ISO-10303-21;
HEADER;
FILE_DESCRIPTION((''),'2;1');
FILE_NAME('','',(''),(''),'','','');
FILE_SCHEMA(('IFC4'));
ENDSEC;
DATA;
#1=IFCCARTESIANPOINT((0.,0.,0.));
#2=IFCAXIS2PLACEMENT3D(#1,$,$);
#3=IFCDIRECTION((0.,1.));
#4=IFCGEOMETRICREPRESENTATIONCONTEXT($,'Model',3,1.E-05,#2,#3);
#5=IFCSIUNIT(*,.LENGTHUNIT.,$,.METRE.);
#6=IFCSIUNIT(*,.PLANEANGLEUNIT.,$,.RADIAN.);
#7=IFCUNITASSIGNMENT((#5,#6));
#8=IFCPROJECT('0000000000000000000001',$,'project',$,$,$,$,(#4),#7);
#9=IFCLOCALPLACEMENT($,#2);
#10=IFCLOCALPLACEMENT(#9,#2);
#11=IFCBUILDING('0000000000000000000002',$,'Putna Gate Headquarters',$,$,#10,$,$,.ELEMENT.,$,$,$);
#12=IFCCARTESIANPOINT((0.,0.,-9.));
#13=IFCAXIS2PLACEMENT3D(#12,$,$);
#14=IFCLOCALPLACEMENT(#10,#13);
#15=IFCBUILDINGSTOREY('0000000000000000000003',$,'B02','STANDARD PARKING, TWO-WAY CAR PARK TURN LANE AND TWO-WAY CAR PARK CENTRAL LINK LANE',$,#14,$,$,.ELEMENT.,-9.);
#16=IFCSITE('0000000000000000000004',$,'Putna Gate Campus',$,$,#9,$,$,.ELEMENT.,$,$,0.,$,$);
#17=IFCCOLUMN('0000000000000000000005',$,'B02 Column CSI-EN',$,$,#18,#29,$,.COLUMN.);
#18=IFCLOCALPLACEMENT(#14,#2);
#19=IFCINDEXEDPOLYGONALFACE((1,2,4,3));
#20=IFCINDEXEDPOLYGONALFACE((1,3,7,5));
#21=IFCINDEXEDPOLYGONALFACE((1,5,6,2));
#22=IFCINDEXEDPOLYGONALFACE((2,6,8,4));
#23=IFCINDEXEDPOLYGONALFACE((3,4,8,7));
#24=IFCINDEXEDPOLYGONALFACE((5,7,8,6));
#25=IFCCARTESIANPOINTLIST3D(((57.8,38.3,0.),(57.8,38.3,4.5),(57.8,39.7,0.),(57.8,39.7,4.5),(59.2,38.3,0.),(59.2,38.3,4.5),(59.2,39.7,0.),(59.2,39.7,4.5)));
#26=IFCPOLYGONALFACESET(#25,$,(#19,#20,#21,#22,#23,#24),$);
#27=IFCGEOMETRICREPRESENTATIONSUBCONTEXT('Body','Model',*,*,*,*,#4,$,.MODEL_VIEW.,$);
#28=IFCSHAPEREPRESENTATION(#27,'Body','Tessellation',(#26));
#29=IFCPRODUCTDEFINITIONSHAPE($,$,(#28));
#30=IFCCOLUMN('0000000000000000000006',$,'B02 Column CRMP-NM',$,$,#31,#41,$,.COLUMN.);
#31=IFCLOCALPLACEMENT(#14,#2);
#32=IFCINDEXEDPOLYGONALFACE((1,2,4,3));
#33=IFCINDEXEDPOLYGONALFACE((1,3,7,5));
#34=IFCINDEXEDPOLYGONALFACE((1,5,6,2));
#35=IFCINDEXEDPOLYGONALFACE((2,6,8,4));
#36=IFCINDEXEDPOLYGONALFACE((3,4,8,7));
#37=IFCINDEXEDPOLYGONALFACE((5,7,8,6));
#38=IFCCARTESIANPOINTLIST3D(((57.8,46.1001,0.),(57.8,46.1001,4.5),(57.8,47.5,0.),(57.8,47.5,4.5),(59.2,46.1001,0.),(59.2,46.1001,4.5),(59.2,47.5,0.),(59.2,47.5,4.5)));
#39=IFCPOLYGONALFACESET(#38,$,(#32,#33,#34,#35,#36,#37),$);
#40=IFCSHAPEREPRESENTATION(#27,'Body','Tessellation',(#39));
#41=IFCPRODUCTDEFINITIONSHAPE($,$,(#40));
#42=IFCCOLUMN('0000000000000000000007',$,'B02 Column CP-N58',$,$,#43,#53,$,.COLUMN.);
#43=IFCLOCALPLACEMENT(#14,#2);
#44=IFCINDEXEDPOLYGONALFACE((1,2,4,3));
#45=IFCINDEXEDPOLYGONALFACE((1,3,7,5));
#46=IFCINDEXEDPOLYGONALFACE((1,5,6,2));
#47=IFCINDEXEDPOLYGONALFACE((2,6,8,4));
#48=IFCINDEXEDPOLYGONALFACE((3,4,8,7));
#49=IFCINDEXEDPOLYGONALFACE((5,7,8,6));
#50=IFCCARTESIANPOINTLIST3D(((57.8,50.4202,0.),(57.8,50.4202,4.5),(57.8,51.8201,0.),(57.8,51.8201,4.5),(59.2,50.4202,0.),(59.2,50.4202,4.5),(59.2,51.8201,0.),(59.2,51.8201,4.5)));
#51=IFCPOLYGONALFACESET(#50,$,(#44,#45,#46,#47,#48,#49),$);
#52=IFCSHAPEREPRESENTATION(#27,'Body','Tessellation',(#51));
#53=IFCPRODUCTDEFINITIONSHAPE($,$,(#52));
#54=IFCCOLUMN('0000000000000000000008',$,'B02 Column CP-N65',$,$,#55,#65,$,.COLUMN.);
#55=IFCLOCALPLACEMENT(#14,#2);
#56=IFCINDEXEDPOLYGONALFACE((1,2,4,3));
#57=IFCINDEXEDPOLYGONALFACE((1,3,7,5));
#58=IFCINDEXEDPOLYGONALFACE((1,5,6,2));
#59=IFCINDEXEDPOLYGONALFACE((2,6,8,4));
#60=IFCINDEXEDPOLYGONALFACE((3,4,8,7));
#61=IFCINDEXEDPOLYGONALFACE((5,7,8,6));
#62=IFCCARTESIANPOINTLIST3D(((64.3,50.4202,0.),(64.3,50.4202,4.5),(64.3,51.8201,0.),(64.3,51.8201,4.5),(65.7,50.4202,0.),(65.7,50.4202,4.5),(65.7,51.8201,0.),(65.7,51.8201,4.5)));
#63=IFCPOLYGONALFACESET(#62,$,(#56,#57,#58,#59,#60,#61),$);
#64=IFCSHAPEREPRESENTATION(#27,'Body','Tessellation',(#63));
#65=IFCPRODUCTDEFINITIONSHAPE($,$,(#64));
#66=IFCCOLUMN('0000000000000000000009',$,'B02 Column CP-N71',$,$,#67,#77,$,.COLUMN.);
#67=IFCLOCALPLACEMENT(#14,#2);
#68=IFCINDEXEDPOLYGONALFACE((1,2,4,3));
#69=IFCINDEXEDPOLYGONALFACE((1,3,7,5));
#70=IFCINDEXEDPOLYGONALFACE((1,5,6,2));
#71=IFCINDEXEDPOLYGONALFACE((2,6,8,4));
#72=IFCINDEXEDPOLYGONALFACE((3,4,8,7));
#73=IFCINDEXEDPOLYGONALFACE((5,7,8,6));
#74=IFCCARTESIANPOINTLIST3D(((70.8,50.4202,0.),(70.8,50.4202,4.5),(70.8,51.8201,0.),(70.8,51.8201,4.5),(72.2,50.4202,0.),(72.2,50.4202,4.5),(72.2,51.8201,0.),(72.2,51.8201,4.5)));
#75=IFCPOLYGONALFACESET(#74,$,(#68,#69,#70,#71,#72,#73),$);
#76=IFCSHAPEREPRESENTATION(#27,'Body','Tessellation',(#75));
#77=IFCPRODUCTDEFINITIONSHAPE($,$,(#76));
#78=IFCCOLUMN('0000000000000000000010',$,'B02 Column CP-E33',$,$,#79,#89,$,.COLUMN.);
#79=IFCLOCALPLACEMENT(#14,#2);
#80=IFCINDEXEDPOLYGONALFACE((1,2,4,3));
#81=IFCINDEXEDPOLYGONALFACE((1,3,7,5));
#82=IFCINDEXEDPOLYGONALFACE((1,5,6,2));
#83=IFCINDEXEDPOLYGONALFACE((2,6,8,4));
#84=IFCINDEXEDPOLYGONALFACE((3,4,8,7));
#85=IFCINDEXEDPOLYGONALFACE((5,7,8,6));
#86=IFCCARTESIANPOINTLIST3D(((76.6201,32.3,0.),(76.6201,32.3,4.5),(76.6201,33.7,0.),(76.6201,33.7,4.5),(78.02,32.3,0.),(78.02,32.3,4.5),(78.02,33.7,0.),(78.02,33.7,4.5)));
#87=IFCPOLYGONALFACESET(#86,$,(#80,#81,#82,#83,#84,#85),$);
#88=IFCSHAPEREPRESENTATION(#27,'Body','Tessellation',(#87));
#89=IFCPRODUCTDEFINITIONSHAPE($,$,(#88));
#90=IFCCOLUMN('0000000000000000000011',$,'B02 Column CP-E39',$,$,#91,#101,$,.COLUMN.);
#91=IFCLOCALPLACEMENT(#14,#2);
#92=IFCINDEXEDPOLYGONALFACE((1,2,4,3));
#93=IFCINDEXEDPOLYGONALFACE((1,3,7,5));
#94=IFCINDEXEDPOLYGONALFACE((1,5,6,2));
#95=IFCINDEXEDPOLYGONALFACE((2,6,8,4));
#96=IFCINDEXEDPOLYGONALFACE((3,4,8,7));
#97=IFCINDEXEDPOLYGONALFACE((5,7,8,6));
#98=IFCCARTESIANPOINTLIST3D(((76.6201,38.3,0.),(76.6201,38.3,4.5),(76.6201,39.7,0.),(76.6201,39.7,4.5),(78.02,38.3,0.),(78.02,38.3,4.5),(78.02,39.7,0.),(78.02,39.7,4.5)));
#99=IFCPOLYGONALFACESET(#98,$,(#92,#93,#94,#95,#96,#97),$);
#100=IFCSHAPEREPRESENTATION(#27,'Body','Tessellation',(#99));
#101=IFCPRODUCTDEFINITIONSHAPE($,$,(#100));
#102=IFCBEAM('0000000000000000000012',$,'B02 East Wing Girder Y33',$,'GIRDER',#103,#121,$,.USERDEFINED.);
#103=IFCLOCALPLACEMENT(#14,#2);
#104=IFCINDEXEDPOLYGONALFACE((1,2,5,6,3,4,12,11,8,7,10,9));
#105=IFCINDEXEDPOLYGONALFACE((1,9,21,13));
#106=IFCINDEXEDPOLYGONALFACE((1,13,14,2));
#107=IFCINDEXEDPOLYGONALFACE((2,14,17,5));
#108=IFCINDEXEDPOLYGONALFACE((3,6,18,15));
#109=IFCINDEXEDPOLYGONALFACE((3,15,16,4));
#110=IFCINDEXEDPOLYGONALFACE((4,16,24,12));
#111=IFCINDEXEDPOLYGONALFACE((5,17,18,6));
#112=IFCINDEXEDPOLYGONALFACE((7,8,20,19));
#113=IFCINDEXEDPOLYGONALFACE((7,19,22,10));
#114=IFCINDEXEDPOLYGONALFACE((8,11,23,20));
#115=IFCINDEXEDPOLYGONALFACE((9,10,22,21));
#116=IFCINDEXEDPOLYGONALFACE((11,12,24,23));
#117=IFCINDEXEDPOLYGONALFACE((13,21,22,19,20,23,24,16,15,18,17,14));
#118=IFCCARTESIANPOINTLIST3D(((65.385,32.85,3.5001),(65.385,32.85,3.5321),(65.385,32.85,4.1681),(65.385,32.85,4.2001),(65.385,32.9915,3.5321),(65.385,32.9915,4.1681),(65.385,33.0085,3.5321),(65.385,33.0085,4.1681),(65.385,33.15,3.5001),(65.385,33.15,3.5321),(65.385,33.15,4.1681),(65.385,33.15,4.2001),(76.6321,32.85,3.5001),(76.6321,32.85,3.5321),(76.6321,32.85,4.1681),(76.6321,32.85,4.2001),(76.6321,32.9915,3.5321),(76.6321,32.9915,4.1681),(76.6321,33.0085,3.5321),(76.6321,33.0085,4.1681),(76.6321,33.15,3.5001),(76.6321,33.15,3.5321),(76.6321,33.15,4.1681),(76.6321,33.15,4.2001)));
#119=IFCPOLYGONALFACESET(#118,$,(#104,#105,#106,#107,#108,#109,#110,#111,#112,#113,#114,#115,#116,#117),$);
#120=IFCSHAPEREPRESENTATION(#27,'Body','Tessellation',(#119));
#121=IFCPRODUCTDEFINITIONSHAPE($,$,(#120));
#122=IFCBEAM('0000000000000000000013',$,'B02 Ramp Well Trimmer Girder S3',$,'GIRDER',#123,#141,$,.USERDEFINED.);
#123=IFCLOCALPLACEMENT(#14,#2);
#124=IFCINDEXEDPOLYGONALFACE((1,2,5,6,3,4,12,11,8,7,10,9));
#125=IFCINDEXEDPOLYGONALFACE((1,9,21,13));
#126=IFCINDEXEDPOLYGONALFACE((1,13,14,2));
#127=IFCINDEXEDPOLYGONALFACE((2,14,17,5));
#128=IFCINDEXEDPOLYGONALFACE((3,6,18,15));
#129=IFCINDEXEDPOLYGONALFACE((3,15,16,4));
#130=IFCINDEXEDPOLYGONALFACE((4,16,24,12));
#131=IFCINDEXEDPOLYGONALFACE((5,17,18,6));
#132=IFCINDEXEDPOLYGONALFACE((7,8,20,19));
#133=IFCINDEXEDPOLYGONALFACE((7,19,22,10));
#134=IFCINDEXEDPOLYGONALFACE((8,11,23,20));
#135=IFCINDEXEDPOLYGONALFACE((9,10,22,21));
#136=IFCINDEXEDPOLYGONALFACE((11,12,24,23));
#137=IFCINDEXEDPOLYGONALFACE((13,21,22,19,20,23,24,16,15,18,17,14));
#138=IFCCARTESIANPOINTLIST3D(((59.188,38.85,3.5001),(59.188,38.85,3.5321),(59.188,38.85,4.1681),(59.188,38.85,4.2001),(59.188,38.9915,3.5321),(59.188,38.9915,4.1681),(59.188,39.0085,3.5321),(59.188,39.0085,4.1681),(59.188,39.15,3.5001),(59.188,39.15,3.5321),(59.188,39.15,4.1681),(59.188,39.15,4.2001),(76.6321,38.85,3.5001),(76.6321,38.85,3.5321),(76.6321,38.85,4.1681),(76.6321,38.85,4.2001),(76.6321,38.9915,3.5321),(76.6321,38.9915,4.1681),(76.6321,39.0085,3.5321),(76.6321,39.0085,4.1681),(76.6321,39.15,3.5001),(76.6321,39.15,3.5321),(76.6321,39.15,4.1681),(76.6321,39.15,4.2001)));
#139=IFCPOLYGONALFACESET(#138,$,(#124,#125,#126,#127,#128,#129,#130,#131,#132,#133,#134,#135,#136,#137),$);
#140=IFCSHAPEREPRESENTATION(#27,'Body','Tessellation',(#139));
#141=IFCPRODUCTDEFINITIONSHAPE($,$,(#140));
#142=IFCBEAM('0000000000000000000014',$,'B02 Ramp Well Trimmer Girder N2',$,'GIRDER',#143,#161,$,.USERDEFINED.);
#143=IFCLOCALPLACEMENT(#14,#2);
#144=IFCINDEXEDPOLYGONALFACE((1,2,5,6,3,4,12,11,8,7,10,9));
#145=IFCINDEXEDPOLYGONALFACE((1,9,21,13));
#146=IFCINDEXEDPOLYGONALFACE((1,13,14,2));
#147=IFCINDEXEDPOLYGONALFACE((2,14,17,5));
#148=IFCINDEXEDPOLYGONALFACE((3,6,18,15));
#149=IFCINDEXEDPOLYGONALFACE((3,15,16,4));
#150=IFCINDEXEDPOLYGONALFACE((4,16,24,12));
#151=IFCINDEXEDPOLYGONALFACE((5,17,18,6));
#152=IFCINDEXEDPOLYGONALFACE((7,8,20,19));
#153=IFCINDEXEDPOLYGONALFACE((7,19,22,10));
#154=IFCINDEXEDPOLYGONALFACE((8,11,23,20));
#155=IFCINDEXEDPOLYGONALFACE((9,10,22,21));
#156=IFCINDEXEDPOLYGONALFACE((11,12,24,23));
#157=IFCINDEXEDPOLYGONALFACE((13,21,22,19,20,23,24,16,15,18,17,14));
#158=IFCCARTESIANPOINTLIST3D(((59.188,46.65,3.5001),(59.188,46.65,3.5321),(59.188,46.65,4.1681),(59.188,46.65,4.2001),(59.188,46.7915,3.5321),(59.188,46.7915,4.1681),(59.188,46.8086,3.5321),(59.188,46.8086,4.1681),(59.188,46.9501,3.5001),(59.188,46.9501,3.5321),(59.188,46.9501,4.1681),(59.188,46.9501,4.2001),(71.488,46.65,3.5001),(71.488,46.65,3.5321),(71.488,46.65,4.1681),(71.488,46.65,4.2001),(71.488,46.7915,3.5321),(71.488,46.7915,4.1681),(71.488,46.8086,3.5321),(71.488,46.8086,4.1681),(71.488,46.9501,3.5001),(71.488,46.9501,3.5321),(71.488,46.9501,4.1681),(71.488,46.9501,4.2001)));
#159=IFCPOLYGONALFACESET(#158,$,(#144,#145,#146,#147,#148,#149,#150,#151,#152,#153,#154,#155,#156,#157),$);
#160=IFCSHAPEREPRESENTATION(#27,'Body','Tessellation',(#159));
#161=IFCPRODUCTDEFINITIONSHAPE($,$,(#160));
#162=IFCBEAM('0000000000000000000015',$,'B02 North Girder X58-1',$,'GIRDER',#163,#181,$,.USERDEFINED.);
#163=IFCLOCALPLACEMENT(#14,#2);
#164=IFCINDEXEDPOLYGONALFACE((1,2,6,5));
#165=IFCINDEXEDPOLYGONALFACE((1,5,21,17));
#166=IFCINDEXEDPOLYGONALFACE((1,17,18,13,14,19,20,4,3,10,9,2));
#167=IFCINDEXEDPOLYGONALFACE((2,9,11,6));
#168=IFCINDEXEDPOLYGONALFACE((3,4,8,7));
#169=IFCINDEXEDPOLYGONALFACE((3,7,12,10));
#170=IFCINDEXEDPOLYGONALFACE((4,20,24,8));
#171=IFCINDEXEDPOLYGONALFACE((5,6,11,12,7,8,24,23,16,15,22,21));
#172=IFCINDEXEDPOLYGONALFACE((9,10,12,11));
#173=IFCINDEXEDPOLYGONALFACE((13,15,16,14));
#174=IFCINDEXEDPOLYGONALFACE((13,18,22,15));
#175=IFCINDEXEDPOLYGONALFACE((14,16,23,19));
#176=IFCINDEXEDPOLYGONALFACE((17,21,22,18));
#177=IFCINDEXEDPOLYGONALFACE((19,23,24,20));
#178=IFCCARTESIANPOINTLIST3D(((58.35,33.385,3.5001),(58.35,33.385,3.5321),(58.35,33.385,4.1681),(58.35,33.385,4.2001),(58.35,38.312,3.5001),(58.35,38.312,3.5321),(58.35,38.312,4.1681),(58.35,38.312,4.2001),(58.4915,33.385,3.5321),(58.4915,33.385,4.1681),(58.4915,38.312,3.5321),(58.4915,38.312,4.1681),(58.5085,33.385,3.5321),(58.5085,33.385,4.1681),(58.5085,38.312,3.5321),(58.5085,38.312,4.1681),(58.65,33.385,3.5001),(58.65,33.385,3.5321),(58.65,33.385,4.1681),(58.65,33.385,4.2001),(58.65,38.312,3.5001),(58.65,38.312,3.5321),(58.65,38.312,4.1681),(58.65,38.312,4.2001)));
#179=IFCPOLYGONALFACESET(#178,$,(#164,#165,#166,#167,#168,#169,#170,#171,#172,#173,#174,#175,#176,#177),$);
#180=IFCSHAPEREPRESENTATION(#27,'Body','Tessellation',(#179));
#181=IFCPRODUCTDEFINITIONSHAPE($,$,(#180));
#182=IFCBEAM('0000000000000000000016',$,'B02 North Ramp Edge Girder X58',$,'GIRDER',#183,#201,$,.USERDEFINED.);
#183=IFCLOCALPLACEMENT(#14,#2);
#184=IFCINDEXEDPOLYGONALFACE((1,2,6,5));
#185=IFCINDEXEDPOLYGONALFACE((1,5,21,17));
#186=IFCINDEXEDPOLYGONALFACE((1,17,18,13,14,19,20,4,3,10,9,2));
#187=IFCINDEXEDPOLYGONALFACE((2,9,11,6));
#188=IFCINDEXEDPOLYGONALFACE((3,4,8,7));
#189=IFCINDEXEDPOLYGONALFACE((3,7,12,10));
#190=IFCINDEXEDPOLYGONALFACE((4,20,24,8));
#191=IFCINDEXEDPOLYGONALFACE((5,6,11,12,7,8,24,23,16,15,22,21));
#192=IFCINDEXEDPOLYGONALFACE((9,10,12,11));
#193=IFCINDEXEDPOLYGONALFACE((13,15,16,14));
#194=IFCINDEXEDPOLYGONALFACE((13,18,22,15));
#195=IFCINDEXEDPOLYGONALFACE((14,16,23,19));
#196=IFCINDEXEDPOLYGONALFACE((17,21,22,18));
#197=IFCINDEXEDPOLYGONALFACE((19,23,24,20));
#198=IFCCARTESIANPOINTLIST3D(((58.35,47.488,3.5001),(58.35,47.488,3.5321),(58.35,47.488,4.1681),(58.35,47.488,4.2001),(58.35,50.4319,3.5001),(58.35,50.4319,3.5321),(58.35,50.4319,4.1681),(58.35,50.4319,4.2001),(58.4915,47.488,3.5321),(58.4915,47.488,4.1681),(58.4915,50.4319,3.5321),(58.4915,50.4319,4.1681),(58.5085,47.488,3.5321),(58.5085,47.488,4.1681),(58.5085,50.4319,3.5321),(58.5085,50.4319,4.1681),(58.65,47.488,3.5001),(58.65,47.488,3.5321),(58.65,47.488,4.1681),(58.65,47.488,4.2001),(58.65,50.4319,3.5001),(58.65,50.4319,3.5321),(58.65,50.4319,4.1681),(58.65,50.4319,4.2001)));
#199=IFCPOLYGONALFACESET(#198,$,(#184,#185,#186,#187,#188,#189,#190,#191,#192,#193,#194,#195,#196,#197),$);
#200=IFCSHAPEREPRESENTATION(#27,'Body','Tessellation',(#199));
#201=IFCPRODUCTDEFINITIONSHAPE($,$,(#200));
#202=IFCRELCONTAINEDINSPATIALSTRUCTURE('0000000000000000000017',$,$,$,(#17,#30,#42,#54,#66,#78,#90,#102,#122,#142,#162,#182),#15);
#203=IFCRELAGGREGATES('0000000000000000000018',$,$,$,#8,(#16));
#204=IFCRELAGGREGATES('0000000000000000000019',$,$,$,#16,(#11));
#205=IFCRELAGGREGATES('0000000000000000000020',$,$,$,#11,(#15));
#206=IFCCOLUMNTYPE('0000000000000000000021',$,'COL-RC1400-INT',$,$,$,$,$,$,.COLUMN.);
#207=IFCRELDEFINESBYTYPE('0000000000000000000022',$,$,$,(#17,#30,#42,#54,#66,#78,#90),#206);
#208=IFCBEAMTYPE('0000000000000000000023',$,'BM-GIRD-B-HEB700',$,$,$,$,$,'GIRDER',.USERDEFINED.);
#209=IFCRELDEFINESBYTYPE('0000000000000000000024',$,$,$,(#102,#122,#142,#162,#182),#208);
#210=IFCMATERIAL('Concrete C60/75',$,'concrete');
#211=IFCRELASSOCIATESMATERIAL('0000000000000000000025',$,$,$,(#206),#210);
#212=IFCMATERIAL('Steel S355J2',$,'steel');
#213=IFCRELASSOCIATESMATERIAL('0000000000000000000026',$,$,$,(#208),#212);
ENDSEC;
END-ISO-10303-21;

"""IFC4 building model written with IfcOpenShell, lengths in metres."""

from ifc_helpers import new_model, si_unit, direction, frame, origin, origin_2d, place, context, subcontext, project, spatial, rectangle, i_section, extrude, material, material_profile, profile_set, type_object, element, save


model = new_model("IFC4")

# Units and contexts
model_context = context("Model", 3, precision=1e-05, world=origin(), true_north=direction((0.0, 1.0)))
body_context = subcontext(model_context, "Body", "Model", "MODEL_VIEW")
ifc_project = project(units=[si_unit("LENGTHUNIT", "METRE"), si_unit("PLANEANGLEUNIT", "RADIAN")], contexts=[model_context])

# Site, building, storey
site_placement = place(None, origin())
site = spatial("IfcSite", under=ifc_project, at=site_placement, Name="Putna Gate Campus", CompositionType="ELEMENT", RefElevation=0.0)
building_placement = place(site_placement, origin())
building = spatial("IfcBuilding", under=site, at=building_placement, Name="Putna Gate Headquarters", CompositionType="ELEMENT")
storey_placement = place(building_placement, frame((0.0, 0.0, -9.0)))
storey = spatial("IfcBuildingStorey", under=building, at=storey_placement, Name="B02", Description="STANDARD PARKING, TWO-WAY CAR PARK TURN LANE AND TWO-WAY CAR PARK CENTRAL LINK LANE", CompositionType="ELEMENT", Elevation=-9.0)

# Columns
ifc_material_1 = material(Name="Concrete C60/75", Category="concrete")
ifc_material_profile_1 = material_profile(ifc_material_1, rectangle(XDim=1.3999, YDim=1.3999, at=origin_2d()), Name="Concrete C60/75")
ifc_profile_set_1 = profile_set([ifc_material_profile_1], Name="Concrete C60/75")
column_type = type_object("IfcColumnType", Name="COL-RC1400-INT", PredefinedType="COLUMN", material=ifc_profile_set_1)
for number, where, z_axis, x_axis, name in (
    (1, (58.5, 39.0, 0.0), (0.0, 0.0, 1.0), (1.0, 0.0, 0.0), "B02 Column CSI-EN"),
    (2, (58.5, 46.8, 0.0), (0.0, 0.0, 1.0), (1.0, 0.0, 0.0), "B02 Column CRMP-NM"),
    (3, (58.5, 51.1201, 0.0), (0.0, 0.0, 1.0), (1.0, 0.0, 0.0), "B02 Column CP-N58"),
    (4, (65.0, 51.1201, 0.0), (0.0, 0.0, 1.0), (1.0, 0.0, 0.0), "B02 Column CP-N65"),
    (5, (71.5, 51.1201, 0.0), (0.0, 0.0, 1.0), (1.0, 0.0, 0.0), "B02 Column CP-N71"),
    (6, (77.3201, 33.0, 0.0), (0.0, 0.0, 1.0), (1.0, 0.0, 0.0), "B02 Column CP-E33"),
    (7, (77.3201, 39.0, 0.0), (0.0, 0.0, 1.0), (1.0, 0.0, 0.0), "B02 Column CP-E39"),
):
    element("IfcColumn", number, at=place(storey_placement, frame(where, z_axis=z_axis, x_axis=x_axis)), inside=storey, type_object=column_type, Name=name, PredefinedType="COLUMN", context=body_context, shape_type="SweptSolid", body=[
        extrude(rectangle(XDim=1.3999, YDim=1.3999, at=origin_2d()), origin(), (0.0, 0.0, 1.0), 4.5),
    ])

# Beams
ifc_material_2 = material(Name="Steel S355J2", Category="steel")
ifc_material_profile_2 = material_profile(ifc_material_2, i_section(OverallWidth=0.3, OverallDepth=0.7, WebThickness=0.0171, FlangeThickness=0.032, at=origin_2d()), Name="Steel S355J2")
ifc_profile_set_2 = profile_set([ifc_material_profile_2], Name="Steel S355J2")
beam_type_1 = type_object("IfcBeamType", Name="BM-GIRD-B-HEB700", ElementType="GIRDER", PredefinedType="USERDEFINED", material=ifc_profile_set_2)
beam_1_placement = place(storey_placement, frame((65.385, 33.0, 3.8501), z_axis=(1.0, 0.0, 0.0), x_axis=(0.0, 1.0, 0.0)))
element("IfcBeam", 8, at=beam_1_placement, inside=storey, type_object=beam_type_1, Name="B02 East Wing Girder Y33", ObjectType="GIRDER", PredefinedType="USERDEFINED", context=body_context, shape_type="SweptSolid", body=[
    extrude(i_section(OverallWidth=0.3, OverallDepth=0.7, WebThickness=0.0171, FlangeThickness=0.032, at=origin_2d()), origin(), (0.0, 0.0, 1.0), 11.2471),
])
beam_2_placement = place(storey_placement, frame((59.188, 39.0, 3.8501), z_axis=(1.0, 0.0, 0.0), x_axis=(0.0, 1.0, 0.0)))
element("IfcBeam", 9, at=beam_2_placement, inside=storey, type_object=beam_type_1, Name="B02 Ramp Well Trimmer Girder S3", ObjectType="GIRDER", PredefinedType="USERDEFINED", context=body_context, shape_type="SweptSolid", body=[
    extrude(i_section(OverallWidth=0.3, OverallDepth=0.7, WebThickness=0.0171, FlangeThickness=0.032, at=origin_2d()), origin(), (0.0, 0.0, 1.0), 17.4441),
])
beam_3_placement = place(storey_placement, frame((59.188, 46.8, 3.8501), z_axis=(1.0, 0.0, 0.0), x_axis=(0.0, 1.0, 0.0)))
element("IfcBeam", 10, at=beam_3_placement, inside=storey, type_object=beam_type_1, Name="B02 Ramp Well Trimmer Girder N2", ObjectType="GIRDER", PredefinedType="USERDEFINED", context=body_context, shape_type="SweptSolid", body=[
    extrude(i_section(OverallWidth=0.3, OverallDepth=0.7, WebThickness=0.0171, FlangeThickness=0.032, at=origin_2d()), origin(), (0.0, 0.0, 1.0), 12.3),
])
beam_4_placement = place(storey_placement, frame((58.5, 33.385, 3.8501), z_axis=(0.0, 1.0, 0.0), x_axis=(-1.0, 0.0, 0.0)))
element("IfcBeam", 11, at=beam_4_placement, inside=storey, type_object=beam_type_1, Name="B02 North Girder X58-1", ObjectType="GIRDER", PredefinedType="USERDEFINED", context=body_context, shape_type="SweptSolid", body=[
    extrude(i_section(OverallWidth=0.3, OverallDepth=0.7, WebThickness=0.0171, FlangeThickness=0.032, at=origin_2d()), origin(), (0.0, 0.0, 1.0), 4.927),
])
beam_5_placement = place(storey_placement, frame((58.5, 47.488, 3.8501), z_axis=(0.0, 1.0, 0.0), x_axis=(-1.0, 0.0, 0.0)))
element("IfcBeam", 12, at=beam_5_placement, inside=storey, type_object=beam_type_1, Name="B02 North Ramp Edge Girder X58", ObjectType="GIRDER", PredefinedType="USERDEFINED", context=body_context, shape_type="SweptSolid", body=[
    extrude(i_section(OverallWidth=0.3, OverallDepth=0.7, WebThickness=0.0171, FlangeThickness=0.032, at=origin_2d()), origin(), (0.0, 0.0, 1.0), 2.9438),
])

save(model, "model.ifc")
